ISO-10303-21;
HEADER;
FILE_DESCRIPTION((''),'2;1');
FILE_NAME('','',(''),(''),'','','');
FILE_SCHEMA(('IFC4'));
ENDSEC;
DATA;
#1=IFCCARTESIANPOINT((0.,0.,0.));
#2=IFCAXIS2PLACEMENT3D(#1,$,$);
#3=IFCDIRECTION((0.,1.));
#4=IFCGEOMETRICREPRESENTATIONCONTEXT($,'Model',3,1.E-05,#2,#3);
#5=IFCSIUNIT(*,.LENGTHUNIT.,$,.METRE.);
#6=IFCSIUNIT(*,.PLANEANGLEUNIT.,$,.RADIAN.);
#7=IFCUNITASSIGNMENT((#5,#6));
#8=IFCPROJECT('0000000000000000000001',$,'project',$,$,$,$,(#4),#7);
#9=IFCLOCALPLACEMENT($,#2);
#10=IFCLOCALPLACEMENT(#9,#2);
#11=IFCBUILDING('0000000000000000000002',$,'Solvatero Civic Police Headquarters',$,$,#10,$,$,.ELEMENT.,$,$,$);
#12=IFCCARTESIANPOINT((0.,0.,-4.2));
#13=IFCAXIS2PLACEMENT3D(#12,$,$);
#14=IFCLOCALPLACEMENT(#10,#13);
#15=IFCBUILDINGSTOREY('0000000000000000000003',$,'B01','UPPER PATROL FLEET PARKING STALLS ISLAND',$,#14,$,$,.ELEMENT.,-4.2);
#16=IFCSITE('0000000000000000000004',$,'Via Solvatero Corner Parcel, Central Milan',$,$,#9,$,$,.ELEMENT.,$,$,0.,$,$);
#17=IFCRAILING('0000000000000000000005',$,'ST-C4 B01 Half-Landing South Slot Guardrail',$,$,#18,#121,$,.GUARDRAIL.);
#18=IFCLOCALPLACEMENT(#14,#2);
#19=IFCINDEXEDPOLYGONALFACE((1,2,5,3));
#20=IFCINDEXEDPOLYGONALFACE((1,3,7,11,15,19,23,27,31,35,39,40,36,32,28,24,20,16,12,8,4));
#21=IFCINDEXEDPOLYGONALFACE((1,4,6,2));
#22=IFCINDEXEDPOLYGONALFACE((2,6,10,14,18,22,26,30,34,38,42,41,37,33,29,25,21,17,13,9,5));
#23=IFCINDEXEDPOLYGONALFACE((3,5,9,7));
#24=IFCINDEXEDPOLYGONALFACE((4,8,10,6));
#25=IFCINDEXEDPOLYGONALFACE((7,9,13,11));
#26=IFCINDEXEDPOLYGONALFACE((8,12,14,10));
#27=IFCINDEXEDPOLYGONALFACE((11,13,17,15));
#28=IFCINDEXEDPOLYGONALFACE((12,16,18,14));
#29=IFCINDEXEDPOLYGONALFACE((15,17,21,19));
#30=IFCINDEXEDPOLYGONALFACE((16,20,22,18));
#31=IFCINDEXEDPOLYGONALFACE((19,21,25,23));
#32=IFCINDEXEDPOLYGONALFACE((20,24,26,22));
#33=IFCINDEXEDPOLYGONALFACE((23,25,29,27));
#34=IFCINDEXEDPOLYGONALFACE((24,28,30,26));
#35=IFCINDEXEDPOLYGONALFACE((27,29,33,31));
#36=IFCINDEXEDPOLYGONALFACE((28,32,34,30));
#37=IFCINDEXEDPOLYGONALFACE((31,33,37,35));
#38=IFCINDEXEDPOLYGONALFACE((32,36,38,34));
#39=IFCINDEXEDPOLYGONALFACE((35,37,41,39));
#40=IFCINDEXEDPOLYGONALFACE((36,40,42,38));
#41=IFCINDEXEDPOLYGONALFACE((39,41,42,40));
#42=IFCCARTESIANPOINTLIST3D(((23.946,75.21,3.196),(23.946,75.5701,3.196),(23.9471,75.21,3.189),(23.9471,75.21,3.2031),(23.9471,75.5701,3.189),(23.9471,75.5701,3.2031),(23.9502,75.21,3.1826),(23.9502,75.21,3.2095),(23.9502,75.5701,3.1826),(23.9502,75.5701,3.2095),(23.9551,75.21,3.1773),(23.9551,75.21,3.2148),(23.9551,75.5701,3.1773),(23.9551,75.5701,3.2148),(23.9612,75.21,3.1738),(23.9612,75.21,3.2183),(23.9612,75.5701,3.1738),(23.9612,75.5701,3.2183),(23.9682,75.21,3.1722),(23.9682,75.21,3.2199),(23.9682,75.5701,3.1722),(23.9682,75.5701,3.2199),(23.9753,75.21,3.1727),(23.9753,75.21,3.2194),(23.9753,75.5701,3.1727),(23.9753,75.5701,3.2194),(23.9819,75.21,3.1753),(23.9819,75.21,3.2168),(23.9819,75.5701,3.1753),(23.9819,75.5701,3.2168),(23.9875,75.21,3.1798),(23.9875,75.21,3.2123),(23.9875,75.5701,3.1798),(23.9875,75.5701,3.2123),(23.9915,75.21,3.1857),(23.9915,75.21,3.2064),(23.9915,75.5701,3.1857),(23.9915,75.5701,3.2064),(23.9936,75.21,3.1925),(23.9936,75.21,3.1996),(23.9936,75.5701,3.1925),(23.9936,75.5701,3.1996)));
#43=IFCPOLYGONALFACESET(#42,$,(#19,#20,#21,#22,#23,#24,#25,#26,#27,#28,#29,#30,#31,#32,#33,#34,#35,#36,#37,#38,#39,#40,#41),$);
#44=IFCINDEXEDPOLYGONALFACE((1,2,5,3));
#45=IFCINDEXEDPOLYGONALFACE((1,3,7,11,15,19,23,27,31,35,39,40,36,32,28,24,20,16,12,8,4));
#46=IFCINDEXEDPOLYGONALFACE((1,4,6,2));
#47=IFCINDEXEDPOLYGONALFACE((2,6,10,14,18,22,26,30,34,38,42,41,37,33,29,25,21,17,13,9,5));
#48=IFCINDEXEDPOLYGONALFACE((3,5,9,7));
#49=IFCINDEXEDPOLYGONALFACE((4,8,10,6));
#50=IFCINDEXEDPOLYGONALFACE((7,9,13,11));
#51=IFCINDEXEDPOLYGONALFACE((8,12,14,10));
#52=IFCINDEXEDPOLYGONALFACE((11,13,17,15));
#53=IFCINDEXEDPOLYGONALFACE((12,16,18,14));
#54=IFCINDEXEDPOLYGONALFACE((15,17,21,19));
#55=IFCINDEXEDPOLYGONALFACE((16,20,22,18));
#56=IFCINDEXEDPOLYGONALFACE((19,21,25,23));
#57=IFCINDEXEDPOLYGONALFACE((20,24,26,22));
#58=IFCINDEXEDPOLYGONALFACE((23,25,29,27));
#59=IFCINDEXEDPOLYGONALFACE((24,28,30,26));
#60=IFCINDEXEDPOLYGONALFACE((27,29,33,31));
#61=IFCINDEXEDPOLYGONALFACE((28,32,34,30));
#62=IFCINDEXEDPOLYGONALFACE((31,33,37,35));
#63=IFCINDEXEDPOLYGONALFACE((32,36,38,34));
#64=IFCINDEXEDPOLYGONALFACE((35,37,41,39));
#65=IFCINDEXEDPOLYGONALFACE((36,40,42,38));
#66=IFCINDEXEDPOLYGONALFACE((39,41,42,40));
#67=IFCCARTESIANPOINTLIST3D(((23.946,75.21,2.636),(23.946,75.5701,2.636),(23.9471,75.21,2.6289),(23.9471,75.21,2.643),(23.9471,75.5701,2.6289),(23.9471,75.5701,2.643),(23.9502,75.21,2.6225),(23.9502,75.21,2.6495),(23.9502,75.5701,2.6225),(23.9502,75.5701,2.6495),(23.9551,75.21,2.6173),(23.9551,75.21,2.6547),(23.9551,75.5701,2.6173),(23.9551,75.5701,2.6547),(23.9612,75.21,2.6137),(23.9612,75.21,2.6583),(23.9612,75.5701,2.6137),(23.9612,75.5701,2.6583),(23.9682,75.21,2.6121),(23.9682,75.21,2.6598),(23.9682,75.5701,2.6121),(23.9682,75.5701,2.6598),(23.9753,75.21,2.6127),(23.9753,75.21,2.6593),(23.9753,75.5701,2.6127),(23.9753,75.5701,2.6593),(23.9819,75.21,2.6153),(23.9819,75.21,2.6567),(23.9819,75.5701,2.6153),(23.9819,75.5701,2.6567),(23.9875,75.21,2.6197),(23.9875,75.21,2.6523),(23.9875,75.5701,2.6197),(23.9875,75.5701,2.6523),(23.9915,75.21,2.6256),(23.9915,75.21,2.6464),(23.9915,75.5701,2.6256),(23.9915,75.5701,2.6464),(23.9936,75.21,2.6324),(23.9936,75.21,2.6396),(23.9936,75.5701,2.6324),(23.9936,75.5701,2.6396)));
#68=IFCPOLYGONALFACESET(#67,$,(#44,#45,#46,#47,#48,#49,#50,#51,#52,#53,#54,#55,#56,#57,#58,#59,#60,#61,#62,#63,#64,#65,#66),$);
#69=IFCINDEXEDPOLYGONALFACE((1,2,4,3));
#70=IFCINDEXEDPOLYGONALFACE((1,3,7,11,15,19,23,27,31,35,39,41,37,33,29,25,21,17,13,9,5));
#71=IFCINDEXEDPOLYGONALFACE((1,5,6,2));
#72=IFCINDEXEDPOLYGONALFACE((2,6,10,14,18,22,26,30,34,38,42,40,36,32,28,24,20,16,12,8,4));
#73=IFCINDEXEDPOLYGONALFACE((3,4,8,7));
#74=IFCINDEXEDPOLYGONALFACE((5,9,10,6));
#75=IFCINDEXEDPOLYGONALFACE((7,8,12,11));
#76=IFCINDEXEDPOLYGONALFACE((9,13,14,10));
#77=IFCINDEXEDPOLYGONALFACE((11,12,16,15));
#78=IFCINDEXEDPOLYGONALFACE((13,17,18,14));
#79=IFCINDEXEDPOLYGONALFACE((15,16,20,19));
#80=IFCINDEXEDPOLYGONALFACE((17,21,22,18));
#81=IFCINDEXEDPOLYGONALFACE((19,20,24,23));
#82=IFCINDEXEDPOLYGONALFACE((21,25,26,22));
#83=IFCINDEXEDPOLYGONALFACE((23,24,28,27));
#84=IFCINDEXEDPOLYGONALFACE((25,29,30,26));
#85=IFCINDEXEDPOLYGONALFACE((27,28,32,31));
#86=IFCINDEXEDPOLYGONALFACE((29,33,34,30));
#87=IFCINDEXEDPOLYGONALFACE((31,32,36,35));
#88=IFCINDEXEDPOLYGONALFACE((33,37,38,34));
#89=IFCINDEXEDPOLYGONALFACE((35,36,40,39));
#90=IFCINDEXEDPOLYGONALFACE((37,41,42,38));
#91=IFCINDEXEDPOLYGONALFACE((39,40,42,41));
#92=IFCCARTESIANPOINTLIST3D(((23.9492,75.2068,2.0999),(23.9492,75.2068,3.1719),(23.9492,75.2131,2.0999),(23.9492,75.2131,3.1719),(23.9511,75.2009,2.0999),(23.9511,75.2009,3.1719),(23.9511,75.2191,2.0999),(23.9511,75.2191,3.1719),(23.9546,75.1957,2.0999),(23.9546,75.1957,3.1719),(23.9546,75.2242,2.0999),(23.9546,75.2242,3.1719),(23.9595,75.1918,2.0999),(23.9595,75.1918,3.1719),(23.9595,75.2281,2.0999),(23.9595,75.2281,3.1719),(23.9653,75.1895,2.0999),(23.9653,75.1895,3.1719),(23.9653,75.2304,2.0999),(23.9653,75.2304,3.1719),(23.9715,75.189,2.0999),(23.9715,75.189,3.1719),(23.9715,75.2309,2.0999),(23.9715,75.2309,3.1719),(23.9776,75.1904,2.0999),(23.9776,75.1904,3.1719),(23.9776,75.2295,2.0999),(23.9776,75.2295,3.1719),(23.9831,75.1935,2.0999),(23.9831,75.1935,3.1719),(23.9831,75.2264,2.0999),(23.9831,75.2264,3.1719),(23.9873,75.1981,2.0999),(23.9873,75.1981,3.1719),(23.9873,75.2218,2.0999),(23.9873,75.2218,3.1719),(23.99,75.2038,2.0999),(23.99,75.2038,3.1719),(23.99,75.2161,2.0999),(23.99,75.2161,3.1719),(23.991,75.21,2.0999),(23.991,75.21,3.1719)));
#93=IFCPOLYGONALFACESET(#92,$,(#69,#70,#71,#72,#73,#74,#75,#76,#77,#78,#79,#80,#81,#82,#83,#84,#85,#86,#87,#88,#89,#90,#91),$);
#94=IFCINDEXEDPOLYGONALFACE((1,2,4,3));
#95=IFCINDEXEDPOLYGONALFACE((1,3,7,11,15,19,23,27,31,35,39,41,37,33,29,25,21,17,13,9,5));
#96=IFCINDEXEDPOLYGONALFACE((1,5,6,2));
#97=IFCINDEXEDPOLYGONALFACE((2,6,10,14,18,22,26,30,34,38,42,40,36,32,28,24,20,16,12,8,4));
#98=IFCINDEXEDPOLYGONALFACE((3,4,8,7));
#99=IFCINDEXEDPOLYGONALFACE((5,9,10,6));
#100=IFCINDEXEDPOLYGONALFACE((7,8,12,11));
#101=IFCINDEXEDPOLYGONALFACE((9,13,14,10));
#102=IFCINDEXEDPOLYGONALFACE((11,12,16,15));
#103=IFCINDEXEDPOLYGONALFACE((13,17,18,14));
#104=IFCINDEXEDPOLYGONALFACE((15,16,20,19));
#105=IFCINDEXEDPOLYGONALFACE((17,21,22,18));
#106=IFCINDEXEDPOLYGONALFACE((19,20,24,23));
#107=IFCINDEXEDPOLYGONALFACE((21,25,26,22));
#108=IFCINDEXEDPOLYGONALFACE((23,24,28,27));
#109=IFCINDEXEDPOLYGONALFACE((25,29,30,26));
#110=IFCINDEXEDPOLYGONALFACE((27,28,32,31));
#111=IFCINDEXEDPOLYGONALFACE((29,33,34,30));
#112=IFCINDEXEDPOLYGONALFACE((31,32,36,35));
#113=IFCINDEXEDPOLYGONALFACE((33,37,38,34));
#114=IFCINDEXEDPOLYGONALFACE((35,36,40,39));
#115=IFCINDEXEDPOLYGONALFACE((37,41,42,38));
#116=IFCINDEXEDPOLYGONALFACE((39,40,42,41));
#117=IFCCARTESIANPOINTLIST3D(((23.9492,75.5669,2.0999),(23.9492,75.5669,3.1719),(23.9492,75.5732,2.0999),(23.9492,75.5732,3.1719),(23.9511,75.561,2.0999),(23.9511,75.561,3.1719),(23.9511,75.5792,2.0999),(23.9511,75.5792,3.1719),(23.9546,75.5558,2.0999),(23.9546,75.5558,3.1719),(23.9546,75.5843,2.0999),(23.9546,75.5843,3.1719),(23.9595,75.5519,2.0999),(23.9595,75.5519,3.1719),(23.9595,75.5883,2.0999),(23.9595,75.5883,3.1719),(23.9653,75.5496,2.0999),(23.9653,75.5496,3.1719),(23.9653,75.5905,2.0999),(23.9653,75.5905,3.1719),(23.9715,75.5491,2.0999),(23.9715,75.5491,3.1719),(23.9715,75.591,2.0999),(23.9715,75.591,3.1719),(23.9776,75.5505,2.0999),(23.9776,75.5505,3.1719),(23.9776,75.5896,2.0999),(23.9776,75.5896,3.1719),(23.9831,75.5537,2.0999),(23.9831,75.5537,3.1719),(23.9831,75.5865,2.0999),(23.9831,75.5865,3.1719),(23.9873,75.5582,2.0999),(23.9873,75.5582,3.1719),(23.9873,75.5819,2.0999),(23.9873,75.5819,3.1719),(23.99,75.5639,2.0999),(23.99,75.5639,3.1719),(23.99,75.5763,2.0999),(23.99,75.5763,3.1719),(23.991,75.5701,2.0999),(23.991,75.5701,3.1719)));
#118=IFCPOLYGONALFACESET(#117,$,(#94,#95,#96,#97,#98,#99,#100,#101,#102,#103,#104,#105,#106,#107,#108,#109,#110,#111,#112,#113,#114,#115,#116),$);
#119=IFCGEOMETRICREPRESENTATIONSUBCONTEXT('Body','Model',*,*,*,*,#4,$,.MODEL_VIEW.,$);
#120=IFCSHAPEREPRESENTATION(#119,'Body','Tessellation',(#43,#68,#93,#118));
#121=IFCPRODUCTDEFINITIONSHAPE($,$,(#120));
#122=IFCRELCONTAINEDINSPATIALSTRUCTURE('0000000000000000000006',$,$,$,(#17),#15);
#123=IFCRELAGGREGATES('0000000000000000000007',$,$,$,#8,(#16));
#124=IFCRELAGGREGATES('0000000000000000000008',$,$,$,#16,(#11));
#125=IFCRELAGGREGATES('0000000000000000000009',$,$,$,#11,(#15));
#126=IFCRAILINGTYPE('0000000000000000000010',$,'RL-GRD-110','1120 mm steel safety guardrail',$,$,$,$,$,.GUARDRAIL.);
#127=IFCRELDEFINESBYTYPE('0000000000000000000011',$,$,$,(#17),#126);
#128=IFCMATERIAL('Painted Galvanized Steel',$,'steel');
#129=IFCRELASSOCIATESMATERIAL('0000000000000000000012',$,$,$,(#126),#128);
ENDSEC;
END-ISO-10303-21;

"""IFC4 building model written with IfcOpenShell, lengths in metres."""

from ifc_helpers import new_model, si_unit, direction, frame, origin, origin_2d, place, context, subcontext, project, spatial, circle, extrude, material, type_object, element, save


model = new_model("IFC4")

# Units and contexts
model_context = context("Model", 3, precision=1e-05, world=origin(), true_north=direction((0.0, 1.0)))
body_context = subcontext(model_context, "Body", "Model", "MODEL_VIEW")
ifc_project = project(units=[si_unit("LENGTHUNIT", "METRE"), si_unit("PLANEANGLEUNIT", "RADIAN")], contexts=[model_context])

# Site, building, storey
site_placement = place(None, origin())
site = spatial("IfcSite", under=ifc_project, at=site_placement, Name="Via Solvatero Corner Parcel, Central Milan", CompositionType="ELEMENT", RefElevation=0.0)
building_placement = place(site_placement, origin())
building = spatial("IfcBuilding", under=site, at=building_placement, Name="Solvatero Civic Police Headquarters", CompositionType="ELEMENT")
storey_placement = place(building_placement, frame((0.0, 0.0, -4.2)))
storey = spatial("IfcBuildingStorey", under=building, at=storey_placement, Name="B01", Description="UPPER PATROL FLEET PARKING STALLS ISLAND", CompositionType="ELEMENT", Elevation=-4.2)

# Railing
ifc_material_1 = material(Name="Painted Galvanized Steel", Category="steel")
railing_type = type_object("IfcRailingType", Name="RL-GRD-110", Description="1120 mm steel safety guardrail", PredefinedType="GUARDRAIL", material=ifc_material_1)
railing_1_placement = place(storey_placement, frame((23.97, 75.21, 2.0999)))
element("IfcRailing", 1, at=railing_1_placement, inside=storey, type_object=railing_type, Name="ST-C4 B01 Half-Landing South Slot Guardrail", PredefinedType="GUARDRAIL", context=body_context, shape_type="SweptSolid", body=[
    extrude(circle(Radius=0.0239, at=origin_2d()), frame((0.0, 0.0, 1.0962), z_axis=(0.0, 1.0, 0.0), x_axis=(-1.0, 0.0, 0.0)), (0.0, 0.0, 1.0), 0.3601),
    extrude(circle(Radius=0.0239, at=origin_2d()), frame((0.0, 0.0, 0.5361), z_axis=(0.0, 1.0, 0.0), x_axis=(-1.0, 0.0, 0.0)), (0.0, 0.0, 1.0), 0.3601),
    extrude(circle(Radius=0.021, at=origin_2d()), origin(), (0.0, 0.0, 1.0), 1.072),
    extrude(circle(Radius=0.021, at=origin_2d()), frame((0.0, 0.3601, 0.0)), (0.0, 0.0, 1.0), 1.072),
])

save(model, "model.ifc")
